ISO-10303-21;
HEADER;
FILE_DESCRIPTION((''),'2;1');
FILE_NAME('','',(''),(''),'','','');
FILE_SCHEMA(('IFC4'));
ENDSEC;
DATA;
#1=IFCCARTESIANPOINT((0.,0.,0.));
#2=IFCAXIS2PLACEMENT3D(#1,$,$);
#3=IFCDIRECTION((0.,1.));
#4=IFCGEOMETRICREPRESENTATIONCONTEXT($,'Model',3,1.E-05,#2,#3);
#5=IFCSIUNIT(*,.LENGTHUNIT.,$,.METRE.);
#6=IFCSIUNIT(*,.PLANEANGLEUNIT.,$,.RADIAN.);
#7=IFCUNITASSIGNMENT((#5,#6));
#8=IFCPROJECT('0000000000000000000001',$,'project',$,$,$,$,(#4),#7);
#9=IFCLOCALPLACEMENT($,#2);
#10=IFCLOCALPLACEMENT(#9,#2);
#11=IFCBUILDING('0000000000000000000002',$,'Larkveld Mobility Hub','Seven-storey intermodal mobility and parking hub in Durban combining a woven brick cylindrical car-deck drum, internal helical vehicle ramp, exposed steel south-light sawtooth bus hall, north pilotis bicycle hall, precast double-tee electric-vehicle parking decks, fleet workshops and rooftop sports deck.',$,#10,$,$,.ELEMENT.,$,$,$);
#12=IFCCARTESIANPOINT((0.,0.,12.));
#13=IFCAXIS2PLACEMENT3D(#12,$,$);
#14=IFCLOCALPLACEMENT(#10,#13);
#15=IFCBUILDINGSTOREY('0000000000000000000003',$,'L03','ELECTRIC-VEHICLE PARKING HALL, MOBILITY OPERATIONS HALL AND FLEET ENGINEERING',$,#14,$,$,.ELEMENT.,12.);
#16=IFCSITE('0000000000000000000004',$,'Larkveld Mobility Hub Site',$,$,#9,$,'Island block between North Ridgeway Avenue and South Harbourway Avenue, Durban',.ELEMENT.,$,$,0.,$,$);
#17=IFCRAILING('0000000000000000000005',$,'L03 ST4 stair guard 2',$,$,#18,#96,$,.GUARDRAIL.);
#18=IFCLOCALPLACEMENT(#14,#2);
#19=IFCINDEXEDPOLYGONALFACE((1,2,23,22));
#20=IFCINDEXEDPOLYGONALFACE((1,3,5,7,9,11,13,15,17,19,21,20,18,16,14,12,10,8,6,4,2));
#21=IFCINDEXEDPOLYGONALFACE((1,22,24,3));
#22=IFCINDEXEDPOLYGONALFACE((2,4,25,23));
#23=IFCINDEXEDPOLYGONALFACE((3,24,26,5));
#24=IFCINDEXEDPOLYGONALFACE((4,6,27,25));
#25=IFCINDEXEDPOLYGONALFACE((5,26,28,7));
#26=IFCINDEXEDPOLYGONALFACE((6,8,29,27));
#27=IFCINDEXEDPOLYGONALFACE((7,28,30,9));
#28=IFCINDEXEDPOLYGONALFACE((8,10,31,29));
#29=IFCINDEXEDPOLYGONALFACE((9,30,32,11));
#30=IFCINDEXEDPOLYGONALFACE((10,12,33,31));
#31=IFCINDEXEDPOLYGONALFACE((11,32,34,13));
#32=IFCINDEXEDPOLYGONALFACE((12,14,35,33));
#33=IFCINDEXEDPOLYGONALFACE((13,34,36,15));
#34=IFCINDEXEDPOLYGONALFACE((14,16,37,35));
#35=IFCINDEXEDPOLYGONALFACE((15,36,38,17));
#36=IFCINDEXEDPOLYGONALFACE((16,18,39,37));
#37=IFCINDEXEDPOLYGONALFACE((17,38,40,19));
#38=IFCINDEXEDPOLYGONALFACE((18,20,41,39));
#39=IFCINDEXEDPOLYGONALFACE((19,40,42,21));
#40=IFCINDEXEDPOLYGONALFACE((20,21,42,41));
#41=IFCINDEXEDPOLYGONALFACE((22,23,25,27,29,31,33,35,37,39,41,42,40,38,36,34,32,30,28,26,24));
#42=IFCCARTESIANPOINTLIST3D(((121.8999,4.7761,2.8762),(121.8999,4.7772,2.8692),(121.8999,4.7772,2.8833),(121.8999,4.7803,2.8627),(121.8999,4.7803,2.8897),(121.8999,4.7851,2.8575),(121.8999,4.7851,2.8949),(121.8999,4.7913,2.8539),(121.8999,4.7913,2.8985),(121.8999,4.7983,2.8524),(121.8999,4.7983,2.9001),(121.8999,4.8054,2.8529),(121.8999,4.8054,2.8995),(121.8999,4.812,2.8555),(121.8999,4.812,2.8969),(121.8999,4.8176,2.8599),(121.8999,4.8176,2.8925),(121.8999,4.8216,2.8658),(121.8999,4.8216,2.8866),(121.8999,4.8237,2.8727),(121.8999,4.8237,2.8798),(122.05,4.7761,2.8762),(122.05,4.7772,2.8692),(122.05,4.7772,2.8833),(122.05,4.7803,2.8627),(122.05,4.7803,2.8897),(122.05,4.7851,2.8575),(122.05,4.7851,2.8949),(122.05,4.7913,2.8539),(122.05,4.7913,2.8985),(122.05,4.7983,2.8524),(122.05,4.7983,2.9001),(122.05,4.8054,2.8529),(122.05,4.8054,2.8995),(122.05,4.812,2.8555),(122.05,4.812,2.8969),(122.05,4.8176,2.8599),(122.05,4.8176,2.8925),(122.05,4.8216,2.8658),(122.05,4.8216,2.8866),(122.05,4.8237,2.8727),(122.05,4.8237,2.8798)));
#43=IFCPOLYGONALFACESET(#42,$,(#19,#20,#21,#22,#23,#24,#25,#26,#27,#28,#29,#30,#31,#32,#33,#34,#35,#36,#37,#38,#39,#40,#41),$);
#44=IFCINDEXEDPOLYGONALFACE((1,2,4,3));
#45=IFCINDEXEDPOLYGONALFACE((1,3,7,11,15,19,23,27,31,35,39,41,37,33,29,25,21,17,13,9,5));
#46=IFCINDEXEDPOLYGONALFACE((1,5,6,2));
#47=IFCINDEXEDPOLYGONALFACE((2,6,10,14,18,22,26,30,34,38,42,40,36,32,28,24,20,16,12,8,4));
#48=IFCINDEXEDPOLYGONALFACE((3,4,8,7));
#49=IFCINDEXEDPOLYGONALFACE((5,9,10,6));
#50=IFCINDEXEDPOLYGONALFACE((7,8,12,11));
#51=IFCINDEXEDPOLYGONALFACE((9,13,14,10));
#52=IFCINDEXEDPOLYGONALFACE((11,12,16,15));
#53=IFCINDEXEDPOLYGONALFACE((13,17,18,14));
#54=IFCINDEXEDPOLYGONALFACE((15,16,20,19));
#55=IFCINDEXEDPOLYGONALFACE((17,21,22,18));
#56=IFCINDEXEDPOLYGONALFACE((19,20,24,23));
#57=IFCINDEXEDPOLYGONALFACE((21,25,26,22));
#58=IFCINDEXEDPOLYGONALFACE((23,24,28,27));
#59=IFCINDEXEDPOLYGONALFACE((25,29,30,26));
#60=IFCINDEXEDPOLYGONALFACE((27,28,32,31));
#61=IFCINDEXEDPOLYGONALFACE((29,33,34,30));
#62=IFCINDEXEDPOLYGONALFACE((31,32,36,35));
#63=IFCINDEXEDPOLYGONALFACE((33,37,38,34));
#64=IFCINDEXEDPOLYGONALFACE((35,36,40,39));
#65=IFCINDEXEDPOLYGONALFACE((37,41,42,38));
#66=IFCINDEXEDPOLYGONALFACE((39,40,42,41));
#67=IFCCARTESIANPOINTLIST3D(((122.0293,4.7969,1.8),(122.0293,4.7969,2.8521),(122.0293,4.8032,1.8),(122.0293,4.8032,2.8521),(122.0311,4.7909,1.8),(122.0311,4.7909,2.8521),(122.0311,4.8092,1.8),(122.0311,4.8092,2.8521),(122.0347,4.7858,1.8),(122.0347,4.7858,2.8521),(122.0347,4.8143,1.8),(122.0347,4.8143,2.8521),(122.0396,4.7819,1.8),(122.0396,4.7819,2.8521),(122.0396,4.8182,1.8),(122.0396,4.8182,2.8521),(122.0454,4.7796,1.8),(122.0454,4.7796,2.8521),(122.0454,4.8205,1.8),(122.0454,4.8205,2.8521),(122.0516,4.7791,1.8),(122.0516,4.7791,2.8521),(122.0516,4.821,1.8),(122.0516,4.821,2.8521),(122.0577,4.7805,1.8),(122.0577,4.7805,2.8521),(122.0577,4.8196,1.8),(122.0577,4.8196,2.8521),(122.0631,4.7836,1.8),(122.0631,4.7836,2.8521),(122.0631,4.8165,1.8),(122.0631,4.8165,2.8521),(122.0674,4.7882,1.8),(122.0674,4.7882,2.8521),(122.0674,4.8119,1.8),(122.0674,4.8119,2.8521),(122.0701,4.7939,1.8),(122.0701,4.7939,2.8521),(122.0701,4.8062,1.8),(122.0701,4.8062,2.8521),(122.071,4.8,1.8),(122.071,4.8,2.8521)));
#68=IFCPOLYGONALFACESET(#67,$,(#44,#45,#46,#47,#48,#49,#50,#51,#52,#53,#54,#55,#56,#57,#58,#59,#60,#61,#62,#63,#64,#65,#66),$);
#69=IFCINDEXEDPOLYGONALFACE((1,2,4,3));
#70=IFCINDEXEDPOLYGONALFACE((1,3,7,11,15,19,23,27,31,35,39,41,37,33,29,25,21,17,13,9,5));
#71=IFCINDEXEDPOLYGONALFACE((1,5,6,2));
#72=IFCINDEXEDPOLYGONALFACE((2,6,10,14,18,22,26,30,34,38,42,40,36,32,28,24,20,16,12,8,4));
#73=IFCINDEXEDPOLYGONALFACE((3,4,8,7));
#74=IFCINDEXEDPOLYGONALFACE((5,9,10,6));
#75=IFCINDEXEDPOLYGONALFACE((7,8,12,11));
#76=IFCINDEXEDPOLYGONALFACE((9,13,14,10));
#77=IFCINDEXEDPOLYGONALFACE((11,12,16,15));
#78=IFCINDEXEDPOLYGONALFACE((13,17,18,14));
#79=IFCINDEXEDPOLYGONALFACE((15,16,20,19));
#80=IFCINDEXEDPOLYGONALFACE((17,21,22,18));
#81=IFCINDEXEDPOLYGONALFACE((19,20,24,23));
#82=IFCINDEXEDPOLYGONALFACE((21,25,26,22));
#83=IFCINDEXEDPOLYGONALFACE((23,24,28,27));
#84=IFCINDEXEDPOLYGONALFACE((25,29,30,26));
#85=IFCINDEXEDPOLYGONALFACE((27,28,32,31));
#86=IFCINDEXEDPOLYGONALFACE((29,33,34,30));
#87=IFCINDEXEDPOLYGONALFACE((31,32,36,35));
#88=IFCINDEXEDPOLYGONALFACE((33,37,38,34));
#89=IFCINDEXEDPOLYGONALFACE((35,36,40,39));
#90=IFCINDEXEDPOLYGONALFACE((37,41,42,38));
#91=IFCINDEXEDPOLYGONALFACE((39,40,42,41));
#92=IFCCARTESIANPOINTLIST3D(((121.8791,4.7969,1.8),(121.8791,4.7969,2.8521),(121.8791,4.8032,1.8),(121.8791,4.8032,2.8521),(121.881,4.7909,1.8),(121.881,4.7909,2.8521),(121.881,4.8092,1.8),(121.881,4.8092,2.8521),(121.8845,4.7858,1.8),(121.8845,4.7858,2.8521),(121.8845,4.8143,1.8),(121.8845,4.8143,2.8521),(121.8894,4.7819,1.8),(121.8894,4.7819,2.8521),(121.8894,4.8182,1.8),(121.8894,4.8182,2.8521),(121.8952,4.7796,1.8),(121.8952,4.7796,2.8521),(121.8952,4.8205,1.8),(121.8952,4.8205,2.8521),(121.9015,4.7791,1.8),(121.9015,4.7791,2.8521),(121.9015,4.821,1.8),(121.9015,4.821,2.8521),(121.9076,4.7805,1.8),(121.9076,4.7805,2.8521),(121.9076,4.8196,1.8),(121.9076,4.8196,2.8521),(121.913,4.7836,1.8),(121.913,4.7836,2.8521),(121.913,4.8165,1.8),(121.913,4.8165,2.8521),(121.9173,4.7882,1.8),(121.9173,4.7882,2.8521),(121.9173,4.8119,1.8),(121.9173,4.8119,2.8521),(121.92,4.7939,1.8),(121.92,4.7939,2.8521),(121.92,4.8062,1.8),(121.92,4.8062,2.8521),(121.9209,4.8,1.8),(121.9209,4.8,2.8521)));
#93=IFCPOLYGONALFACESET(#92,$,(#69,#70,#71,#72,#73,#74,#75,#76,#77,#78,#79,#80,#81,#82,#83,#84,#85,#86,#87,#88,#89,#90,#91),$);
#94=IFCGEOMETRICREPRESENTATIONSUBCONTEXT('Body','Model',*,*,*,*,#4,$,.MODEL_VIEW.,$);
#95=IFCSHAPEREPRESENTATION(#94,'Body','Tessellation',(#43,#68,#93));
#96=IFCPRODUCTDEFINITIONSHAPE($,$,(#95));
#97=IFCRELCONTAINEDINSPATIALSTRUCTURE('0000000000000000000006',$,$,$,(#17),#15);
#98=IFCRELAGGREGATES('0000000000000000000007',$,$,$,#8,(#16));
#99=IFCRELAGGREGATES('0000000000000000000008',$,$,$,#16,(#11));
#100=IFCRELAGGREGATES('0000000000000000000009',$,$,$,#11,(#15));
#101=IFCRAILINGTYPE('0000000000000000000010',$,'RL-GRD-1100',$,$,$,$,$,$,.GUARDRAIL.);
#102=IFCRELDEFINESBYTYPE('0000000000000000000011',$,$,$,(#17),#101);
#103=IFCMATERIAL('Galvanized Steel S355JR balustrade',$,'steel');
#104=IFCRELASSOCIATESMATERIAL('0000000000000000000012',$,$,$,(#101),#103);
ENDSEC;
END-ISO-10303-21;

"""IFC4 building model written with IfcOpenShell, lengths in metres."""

from ifc_helpers import new_model, si_unit, direction, frame, origin, origin_2d, place, context, subcontext, project, spatial, circle, extrude, material, type_object, element, save


model = new_model("IFC4")

# Units and contexts
model_context = context("Model", 3, precision=1e-05, world=origin(), true_north=direction((0.0, 1.0)))
body_context = subcontext(model_context, "Body", "Model", "MODEL_VIEW")
ifc_project = project(units=[si_unit("LENGTHUNIT", "METRE"), si_unit("PLANEANGLEUNIT", "RADIAN")], contexts=[model_context])

# Site, building, storey
site_placement = place(None, origin())
site = spatial("IfcSite", under=ifc_project, at=site_placement, Name="Larkveld Mobility Hub Site", LongName="Island block between North Ridgeway Avenue and South Harbourway Avenue, Durban", CompositionType="ELEMENT", RefElevation=0.0)
building_placement = place(site_placement, origin())
building = spatial("IfcBuilding", under=site, at=building_placement, Name="Larkveld Mobility Hub", Description="Seven-storey intermodal mobility and parking hub in Durban combining a woven brick cylindrical car-deck drum, internal helical vehicle ramp, exposed steel south-light sawtooth bus hall, north pilotis bicycle hall, precast double-tee electric-vehicle parking decks, fleet workshops and rooftop sports deck.", CompositionType="ELEMENT")
storey_placement = place(building_placement, frame((0.0, 0.0, 12.0)))
storey = spatial("IfcBuildingStorey", under=building, at=storey_placement, Name="L03", Description="ELECTRIC-VEHICLE PARKING HALL, MOBILITY OPERATIONS HALL AND FLEET ENGINEERING", CompositionType="ELEMENT", Elevation=12.0)

# Railing
ifc_material_1 = material(Name="Galvanized Steel S355JR balustrade", Category="steel")
railing_type_1 = type_object("IfcRailingType", Name="RL-GRD-1100", PredefinedType="GUARDRAIL", material=ifc_material_1)
railing_1_placement = place(storey_placement, frame((122.05, 4.8, 1.8)))
element("IfcRailing", 1, at=railing_1_placement, inside=storey, type_object=railing_type_1, Name="L03 ST4 stair guard 2", PredefinedType="GUARDRAIL", context=body_context, shape_type="SweptSolid", body=[
    extrude(circle(Radius=0.0239, at=origin_2d()), frame((0.0, 0.0, 1.0762), z_axis=(-1.0, 0.0, 0.0), x_axis=(0.0, -1.0, 0.0)), (0.0, 0.0, 1.0), 0.1501),
    extrude(circle(Radius=0.021, at=origin_2d()), origin(), (0.0, 0.0, 1.0), 1.052),
    extrude(circle(Radius=0.021, at=origin_2d()), frame((-0.1501, 0.0, 0.0)), (0.0, 0.0, 1.0), 1.052),
])

save(model, "model.ifc")
